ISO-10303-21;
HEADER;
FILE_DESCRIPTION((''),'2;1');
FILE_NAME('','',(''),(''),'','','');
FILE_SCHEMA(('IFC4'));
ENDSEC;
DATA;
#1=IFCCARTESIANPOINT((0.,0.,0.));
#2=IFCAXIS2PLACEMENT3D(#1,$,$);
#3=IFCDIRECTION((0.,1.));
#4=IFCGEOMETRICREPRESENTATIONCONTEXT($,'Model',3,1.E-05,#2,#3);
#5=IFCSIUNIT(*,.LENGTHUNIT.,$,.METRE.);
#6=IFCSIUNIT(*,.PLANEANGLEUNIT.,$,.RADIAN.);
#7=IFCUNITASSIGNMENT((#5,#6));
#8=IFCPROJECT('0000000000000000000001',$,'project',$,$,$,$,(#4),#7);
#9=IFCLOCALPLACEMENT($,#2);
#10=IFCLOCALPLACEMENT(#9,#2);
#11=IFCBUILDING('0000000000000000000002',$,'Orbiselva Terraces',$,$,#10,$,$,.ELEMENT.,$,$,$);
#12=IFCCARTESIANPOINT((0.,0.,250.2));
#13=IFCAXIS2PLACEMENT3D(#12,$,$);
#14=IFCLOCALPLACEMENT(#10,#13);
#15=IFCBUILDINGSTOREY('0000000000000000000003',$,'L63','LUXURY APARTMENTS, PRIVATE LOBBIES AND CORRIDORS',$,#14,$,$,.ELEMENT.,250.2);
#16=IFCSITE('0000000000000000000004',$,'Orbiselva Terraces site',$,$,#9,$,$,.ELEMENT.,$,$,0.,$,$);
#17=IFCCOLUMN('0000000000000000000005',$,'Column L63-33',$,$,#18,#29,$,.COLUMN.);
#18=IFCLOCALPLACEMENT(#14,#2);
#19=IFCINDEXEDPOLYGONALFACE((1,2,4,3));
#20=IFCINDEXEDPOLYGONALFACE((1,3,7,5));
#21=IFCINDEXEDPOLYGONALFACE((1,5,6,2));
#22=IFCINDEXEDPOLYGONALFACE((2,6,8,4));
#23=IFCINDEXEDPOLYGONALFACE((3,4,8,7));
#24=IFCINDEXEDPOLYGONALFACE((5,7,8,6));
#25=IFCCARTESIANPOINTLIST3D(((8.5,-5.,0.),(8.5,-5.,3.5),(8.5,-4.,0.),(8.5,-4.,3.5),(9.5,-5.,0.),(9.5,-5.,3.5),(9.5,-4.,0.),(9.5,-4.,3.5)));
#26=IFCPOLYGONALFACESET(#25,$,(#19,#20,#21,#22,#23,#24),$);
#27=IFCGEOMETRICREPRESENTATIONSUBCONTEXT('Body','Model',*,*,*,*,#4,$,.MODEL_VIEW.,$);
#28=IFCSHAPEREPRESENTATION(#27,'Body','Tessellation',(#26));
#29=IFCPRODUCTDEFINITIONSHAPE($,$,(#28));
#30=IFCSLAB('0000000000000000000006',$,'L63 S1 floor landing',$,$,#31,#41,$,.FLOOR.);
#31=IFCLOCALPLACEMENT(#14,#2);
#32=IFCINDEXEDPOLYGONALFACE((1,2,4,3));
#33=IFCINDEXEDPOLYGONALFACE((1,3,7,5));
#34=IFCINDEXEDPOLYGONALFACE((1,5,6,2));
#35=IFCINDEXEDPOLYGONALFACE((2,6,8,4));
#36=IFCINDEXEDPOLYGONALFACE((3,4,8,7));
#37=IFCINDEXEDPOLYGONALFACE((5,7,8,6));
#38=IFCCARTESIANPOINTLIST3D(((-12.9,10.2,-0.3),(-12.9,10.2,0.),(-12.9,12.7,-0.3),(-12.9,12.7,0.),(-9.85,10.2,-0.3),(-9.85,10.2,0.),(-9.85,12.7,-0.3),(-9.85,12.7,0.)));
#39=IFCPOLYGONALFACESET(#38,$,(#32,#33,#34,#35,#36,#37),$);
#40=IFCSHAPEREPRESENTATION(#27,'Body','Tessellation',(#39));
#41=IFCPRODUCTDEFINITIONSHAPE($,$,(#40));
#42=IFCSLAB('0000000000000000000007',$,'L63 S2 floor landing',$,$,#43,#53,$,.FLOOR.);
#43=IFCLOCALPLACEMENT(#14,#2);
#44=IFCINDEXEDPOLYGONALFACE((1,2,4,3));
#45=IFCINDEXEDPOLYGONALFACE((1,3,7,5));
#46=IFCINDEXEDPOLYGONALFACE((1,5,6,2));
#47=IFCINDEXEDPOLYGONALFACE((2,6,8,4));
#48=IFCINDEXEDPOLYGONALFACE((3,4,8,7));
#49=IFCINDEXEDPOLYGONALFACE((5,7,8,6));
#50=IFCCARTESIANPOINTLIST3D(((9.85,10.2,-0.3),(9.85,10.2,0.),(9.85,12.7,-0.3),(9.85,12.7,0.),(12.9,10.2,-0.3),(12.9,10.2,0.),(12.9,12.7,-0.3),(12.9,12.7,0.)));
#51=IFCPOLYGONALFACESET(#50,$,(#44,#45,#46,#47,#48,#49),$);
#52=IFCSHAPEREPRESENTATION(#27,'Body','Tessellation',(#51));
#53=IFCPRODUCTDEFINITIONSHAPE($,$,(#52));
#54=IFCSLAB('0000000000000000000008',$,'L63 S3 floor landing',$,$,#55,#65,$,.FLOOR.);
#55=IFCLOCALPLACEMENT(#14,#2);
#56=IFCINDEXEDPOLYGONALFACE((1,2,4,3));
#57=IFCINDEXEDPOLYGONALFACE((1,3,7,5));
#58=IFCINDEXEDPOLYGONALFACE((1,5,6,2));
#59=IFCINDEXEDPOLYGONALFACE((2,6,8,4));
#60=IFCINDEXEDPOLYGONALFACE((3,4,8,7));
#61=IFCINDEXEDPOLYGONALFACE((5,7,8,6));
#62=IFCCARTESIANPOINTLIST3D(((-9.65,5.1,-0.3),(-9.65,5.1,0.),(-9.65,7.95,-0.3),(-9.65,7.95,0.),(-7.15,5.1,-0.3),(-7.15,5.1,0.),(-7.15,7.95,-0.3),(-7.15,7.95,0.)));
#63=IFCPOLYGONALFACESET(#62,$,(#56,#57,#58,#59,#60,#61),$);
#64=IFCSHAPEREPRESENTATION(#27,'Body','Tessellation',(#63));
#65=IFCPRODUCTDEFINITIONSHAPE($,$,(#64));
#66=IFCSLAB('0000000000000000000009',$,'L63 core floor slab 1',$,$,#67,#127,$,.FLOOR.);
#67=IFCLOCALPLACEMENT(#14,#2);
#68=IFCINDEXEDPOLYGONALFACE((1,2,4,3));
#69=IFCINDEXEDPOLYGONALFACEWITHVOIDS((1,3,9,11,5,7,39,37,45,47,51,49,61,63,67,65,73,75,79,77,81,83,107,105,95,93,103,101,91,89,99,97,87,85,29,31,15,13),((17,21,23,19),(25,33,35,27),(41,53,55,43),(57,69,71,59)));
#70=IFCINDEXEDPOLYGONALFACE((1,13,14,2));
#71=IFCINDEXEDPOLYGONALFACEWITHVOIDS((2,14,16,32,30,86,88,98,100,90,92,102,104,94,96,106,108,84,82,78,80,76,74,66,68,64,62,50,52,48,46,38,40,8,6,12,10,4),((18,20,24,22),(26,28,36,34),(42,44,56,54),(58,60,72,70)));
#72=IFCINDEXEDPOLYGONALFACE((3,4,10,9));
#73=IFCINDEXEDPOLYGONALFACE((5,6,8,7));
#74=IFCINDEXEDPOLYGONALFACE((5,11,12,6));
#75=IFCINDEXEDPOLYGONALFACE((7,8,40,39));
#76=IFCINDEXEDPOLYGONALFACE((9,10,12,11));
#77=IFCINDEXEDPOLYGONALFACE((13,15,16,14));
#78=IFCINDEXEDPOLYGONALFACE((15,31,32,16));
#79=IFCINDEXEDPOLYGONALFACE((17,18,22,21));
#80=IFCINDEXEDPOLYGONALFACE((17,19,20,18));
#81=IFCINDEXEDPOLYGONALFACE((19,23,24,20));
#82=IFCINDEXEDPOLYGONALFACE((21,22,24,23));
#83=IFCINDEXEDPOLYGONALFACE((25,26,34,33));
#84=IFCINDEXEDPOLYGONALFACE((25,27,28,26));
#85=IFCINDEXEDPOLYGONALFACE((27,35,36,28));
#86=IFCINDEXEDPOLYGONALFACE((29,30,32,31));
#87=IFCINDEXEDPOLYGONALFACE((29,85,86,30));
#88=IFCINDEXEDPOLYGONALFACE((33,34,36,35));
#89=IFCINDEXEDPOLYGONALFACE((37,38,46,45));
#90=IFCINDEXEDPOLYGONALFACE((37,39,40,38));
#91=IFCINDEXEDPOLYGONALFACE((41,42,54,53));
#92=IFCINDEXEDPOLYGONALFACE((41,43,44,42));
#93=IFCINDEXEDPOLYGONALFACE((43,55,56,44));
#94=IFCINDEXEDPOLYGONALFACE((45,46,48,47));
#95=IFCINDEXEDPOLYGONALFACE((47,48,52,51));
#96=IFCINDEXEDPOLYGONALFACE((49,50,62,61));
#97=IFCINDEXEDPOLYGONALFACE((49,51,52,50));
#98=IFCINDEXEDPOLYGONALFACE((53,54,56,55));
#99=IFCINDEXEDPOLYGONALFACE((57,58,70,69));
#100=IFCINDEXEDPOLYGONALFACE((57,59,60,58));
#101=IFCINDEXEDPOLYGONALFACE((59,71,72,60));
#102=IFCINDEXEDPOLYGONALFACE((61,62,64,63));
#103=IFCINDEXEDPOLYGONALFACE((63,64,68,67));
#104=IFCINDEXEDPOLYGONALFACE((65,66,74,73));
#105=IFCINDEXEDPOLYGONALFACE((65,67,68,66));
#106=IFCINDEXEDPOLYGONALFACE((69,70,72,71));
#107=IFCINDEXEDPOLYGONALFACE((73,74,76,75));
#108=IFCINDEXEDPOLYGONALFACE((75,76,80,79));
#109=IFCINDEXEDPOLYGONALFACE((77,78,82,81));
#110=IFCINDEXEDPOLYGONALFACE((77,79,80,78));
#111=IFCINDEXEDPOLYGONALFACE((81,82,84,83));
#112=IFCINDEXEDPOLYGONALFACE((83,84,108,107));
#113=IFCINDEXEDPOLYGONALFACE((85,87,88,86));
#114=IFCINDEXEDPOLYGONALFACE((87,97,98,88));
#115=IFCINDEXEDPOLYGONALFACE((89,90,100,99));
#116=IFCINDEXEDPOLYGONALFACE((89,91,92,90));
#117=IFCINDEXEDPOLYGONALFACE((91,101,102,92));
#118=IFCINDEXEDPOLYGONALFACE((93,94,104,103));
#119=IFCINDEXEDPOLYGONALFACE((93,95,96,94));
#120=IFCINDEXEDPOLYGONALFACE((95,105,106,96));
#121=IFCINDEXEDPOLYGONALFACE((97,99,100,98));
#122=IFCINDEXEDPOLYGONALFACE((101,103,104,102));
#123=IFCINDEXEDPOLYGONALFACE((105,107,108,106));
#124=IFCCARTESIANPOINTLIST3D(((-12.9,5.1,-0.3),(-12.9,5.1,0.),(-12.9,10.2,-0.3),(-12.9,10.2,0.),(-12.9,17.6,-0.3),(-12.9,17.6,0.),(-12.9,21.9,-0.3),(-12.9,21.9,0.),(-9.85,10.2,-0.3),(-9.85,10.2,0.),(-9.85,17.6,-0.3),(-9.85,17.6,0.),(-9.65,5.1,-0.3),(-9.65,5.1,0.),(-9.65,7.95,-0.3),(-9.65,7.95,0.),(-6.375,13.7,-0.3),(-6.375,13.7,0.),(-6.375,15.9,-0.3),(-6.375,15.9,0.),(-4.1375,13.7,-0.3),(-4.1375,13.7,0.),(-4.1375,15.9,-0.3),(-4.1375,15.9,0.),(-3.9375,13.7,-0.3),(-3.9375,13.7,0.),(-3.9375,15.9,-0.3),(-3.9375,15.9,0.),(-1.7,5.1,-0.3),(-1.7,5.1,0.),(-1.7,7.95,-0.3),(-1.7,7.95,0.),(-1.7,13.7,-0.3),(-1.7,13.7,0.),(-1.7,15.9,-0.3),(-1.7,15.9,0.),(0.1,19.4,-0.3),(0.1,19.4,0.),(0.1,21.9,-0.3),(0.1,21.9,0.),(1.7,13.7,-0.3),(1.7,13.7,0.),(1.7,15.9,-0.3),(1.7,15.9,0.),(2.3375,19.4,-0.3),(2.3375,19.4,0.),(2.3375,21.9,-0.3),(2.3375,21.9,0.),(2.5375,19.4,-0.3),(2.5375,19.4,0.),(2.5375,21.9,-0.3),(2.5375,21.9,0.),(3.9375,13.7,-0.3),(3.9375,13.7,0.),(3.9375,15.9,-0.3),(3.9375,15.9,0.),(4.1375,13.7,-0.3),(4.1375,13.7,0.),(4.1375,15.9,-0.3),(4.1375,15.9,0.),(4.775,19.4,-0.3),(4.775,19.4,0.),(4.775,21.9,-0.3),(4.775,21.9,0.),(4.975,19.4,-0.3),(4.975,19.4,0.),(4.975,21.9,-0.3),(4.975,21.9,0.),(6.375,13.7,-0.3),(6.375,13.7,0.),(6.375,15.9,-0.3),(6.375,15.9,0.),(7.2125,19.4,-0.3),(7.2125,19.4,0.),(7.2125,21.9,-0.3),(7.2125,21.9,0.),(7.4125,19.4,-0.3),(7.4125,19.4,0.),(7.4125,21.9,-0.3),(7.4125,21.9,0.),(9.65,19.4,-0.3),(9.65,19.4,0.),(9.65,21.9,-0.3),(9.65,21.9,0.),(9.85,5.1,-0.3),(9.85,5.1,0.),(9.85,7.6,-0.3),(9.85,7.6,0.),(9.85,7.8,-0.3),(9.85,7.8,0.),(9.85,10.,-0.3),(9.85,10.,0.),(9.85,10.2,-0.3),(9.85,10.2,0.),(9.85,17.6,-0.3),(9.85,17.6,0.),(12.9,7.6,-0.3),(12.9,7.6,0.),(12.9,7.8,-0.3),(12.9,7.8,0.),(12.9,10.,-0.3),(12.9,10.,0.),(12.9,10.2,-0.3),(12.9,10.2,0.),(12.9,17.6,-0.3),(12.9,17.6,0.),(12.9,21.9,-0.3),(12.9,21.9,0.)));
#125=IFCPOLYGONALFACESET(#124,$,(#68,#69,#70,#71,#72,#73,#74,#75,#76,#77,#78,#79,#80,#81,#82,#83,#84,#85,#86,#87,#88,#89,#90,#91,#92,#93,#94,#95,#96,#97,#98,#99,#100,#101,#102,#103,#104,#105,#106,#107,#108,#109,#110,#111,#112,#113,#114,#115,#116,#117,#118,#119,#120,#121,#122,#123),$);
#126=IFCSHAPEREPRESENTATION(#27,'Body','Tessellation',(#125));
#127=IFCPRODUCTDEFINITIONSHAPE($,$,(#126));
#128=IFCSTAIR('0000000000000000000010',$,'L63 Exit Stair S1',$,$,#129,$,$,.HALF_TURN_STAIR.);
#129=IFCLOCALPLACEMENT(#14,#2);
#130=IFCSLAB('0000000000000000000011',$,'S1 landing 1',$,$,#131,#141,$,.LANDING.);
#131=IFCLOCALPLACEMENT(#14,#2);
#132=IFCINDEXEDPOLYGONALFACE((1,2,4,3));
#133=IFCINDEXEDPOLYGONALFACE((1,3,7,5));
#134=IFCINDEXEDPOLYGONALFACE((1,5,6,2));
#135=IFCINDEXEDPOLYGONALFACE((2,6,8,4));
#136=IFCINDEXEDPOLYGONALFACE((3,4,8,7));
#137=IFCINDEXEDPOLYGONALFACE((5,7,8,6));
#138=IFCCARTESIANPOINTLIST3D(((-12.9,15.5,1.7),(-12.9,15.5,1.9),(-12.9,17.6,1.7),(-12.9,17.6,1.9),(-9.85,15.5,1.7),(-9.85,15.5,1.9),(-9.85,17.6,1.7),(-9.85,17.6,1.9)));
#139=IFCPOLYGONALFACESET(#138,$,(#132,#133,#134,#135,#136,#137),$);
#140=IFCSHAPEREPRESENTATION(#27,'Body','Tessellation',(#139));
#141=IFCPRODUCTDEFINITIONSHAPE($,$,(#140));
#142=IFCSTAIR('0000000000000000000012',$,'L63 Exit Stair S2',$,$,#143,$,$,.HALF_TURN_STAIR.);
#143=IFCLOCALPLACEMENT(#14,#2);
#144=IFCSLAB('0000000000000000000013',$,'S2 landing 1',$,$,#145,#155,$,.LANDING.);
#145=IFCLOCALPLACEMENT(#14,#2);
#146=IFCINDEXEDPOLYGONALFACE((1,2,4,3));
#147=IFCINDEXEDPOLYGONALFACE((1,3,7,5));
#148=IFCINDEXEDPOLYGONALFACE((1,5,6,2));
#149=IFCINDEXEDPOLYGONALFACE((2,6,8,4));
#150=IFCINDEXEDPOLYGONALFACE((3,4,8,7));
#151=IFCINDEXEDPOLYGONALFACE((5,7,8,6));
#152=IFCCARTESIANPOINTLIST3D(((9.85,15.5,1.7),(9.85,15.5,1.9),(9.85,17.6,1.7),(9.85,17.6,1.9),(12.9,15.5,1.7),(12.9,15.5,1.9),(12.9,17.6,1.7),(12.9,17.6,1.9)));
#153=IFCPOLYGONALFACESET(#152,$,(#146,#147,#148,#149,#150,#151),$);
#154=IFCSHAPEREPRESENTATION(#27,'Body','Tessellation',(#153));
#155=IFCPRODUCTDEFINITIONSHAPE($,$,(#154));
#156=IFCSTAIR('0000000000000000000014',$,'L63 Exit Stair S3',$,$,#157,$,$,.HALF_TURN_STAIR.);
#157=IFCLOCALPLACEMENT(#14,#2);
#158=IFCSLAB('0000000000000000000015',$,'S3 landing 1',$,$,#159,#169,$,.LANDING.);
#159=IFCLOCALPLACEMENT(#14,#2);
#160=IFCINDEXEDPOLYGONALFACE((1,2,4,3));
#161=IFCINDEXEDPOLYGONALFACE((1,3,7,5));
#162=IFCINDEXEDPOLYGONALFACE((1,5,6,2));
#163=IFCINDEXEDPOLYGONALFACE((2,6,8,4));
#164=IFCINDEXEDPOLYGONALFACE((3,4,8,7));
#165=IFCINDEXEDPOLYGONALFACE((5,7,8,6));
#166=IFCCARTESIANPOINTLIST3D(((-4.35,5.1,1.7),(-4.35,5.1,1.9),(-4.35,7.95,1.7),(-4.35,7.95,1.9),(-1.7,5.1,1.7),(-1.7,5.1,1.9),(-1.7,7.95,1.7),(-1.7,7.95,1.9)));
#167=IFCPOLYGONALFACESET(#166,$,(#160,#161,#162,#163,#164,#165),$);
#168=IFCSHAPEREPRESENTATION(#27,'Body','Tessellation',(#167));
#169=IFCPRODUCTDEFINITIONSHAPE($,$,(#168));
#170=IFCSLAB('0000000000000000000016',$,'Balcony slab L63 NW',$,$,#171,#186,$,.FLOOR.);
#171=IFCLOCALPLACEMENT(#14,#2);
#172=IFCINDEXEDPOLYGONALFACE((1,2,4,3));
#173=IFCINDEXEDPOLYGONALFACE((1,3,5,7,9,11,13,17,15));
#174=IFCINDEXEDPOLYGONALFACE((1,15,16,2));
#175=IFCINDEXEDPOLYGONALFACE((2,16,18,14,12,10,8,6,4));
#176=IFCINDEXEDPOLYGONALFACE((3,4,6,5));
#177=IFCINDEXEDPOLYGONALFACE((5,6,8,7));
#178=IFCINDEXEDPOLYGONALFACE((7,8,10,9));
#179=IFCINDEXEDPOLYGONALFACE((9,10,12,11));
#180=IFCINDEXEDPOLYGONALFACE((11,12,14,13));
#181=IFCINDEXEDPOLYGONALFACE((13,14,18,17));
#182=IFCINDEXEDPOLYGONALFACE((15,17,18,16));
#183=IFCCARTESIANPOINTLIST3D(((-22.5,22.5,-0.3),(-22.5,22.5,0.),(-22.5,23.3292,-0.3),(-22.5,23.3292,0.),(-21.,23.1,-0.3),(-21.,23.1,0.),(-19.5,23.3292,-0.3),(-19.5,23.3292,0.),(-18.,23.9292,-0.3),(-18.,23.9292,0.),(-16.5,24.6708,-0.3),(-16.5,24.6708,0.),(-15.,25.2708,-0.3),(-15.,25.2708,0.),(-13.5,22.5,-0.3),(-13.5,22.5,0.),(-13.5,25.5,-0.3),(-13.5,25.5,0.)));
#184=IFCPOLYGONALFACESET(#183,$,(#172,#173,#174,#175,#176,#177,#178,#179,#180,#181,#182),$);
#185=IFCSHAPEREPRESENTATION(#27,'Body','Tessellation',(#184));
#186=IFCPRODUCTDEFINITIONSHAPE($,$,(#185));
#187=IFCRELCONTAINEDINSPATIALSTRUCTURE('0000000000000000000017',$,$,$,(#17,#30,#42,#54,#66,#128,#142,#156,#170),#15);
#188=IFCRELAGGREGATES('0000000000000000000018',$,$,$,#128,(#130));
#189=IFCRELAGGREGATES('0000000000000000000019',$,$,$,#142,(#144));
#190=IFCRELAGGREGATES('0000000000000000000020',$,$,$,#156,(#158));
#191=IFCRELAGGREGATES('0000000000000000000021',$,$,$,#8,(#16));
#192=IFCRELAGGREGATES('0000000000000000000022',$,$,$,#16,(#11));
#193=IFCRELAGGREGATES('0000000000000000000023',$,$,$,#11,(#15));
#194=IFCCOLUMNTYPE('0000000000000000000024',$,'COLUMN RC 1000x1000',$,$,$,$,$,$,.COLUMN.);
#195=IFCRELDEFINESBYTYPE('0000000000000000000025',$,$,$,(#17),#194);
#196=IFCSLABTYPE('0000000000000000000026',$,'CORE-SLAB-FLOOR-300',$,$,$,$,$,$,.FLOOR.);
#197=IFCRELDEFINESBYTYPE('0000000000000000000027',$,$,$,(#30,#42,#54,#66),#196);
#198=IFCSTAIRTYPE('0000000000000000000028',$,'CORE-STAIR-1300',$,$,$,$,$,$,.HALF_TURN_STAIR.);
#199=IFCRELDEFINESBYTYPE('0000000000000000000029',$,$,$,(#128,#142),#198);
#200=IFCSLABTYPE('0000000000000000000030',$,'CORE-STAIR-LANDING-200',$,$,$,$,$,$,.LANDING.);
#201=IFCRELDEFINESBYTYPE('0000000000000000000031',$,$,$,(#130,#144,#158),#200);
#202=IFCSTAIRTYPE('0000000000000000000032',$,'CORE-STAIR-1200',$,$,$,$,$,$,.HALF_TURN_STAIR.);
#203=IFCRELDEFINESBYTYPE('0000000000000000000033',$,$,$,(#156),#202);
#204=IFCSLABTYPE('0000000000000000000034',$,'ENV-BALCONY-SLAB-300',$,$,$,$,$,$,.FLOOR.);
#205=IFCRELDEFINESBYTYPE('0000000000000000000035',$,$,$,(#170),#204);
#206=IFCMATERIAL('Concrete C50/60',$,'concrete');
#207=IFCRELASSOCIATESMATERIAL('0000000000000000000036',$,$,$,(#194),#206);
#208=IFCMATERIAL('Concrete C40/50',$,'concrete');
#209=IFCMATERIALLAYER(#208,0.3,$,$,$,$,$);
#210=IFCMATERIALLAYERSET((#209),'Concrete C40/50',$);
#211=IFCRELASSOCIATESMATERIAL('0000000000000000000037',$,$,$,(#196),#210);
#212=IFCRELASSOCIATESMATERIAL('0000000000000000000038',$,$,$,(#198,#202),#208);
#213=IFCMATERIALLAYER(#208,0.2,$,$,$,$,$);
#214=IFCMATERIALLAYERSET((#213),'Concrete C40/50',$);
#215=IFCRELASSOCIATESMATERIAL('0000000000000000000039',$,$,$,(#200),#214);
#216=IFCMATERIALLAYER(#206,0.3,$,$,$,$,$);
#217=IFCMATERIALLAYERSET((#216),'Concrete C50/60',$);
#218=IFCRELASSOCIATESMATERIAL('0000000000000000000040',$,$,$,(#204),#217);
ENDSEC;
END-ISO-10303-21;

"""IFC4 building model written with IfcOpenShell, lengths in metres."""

from ifc_helpers import new_model, si_unit, direction, frame, origin, origin_2d, place, context, subcontext, project, spatial, polyline, rectangle, outline, extrude, material, layer, layer_set, material_profile, profile_set, type_object, element, aggregate, save


model = new_model("IFC4")

# Units and contexts
model_context = context("Model", 3, precision=1e-05, world=origin(), true_north=direction((0.0, 1.0)))
body_context = subcontext(model_context, "Body", "Model", "MODEL_VIEW")
ifc_project = project(units=[si_unit("LENGTHUNIT", "METRE"), si_unit("PLANEANGLEUNIT", "RADIAN")], contexts=[model_context])

# Site, building, storey
site_placement = place(None, origin())
site = spatial("IfcSite", under=ifc_project, at=site_placement, Name="Orbiselva Terraces site", CompositionType="ELEMENT", RefElevation=0.0)
building_placement = place(site_placement, origin())
building = spatial("IfcBuilding", under=site, at=building_placement, Name="Orbiselva Terraces", CompositionType="ELEMENT")
storey_placement = place(building_placement, frame((0.0, 0.0, 250.2)))
storey = spatial("IfcBuildingStorey", under=building, at=storey_placement, Name="L63", Description="LUXURY APARTMENTS, PRIVATE LOBBIES AND CORRIDORS", CompositionType="ELEMENT", Elevation=250.2)

# Column
ifc_material_1 = material(Name="Concrete C50/60", Category="concrete")
ifc_material_profile = material_profile(ifc_material_1, rectangle(XDim=1.0, YDim=1.0, at=origin_2d()), Name="RC 1000x1000")
ifc_profile_set = profile_set([ifc_material_profile], Name="Concrete C50/60")
column_type = type_object("IfcColumnType", Name="COLUMN RC 1000x1000", PredefinedType="COLUMN", material=ifc_profile_set)
column_placement = place(storey_placement, frame((9.0, -4.5, 0.0), z_axis=(0.0, 0.0, 1.0), x_axis=(1.0, 0.0, 0.0)))
element("IfcColumn", 1, at=column_placement, inside=storey, type_object=column_type, Name="Column L63-33", PredefinedType="COLUMN", context=body_context, shape_type="SweptSolid", body=[
    extrude(rectangle(XDim=1.0, YDim=1.0, at=origin_2d()), origin(), (0.0, 0.0, 1.0), 3.5),
])

# Slabs
ifc_material_2 = material(Name="Concrete C40/50", Category="concrete")
ifc_layer_1 = layer(ifc_material_2, 0.3)
ifc_layer_set_1 = layer_set([ifc_layer_1], Name="Concrete C40/50")
slab_type_1 = type_object("IfcSlabType", Name="CORE-SLAB-FLOOR-300", PredefinedType="FLOOR", material=ifc_layer_set_1)
slab_1_placement = place(storey_placement, frame((0.0, 0.0, -0.3)))
element("IfcSlab", 2, at=slab_1_placement, inside=storey, type_object=slab_type_1, Name="L63 S1 floor landing", PredefinedType="FLOOR", context=body_context, shape_type="SweptSolid", body=[
    extrude(outline(polyline([(-12.9, 12.7), (-9.85, 12.7), (-9.85, 10.2), (-12.9, 10.2), (-12.9, 12.7)])), origin(), (0.0, 0.0, 1.0), 0.3),
])
slab_2_placement = place(storey_placement, frame((0.0, 0.0, -0.3)))
element("IfcSlab", 3, at=slab_2_placement, inside=storey, type_object=slab_type_1, Name="L63 S2 floor landing", PredefinedType="FLOOR", context=body_context, shape_type="SweptSolid", body=[
    extrude(outline(polyline([(12.9, 12.7), (12.9, 10.2), (9.85, 10.2), (9.85, 12.7), (12.9, 12.7)])), origin(), (0.0, 0.0, 1.0), 0.3),
])
slab_3_placement = place(storey_placement, frame((0.0, 0.0, -0.3)))
element("IfcSlab", 4, at=slab_3_placement, inside=storey, type_object=slab_type_1, Name="L63 S3 floor landing", PredefinedType="FLOOR", context=body_context, shape_type="SweptSolid", body=[
    extrude(outline(polyline([(-7.15, 5.1), (-9.65, 5.1), (-9.65, 7.95), (-7.15, 7.95), (-7.15, 5.1)])), origin(), (0.0, 0.0, 1.0), 0.3),
])
slab_4_placement = place(storey_placement, frame((0.0, 0.0, -0.3)))
element("IfcSlab", 5, at=slab_4_placement, inside=storey, type_object=slab_type_1, Name="L63 core floor slab 1", PredefinedType="FLOOR", context=body_context, shape_type="SweptSolid", body=[
    extrude(outline(polyline([(-1.7, 5.1), (-1.7, 7.95), (-9.65, 7.95), (-9.65, 5.1), (-12.9, 5.1), (-12.9, 10.2), (-9.85, 10.2), (-9.85, 17.6), (-12.9, 17.6), (-12.9, 21.9), (0.1, 21.9), (0.1, 19.4), (2.3375, 19.4), (2.3375, 21.9), (2.5375, 21.9), (2.5375, 19.4), (4.775, 19.4), (4.775, 21.9), (4.975, 21.9), (4.975, 19.4), (7.2125, 19.4), (7.2125, 21.9), (7.4125, 21.9), (7.4125, 19.4), (9.65, 19.4), (9.65, 21.9), (12.9, 21.9), (12.9, 17.6), (9.85, 17.6), (9.85, 10.2), (12.9, 10.2), (12.9, 10.0), (9.85, 10.0), (9.85, 7.8), (12.9, 7.8), (12.9, 7.6), (9.85, 7.6), (9.85, 5.1), (-1.7, 5.1)]), holes=[polyline([(-4.1375, 13.7), (-4.1375, 15.9), (-6.375, 15.9), (-6.375, 13.7), (-4.1375, 13.7)]), polyline([(-1.7, 13.7), (-1.7, 15.9), (-3.9375, 15.9), (-3.9375, 13.7), (-1.7, 13.7)]), polyline([(3.9375, 15.9), (1.7, 15.9), (1.7, 13.7), (3.9375, 13.7), (3.9375, 15.9)]), polyline([(6.375, 13.7), (6.375, 15.9), (4.1375, 15.9), (4.1375, 13.7), (6.375, 13.7)])]), origin(), (0.0, 0.0, 1.0), 0.3),
])

# Stairs, slabs
stair_type_1 = type_object("IfcStairType", Name="CORE-STAIR-1300", PredefinedType="HALF_TURN_STAIR", material=ifc_material_2)
stair_1_placement = place(storey_placement, origin())
stair_1 = element("IfcStair", 6, at=stair_1_placement, inside=storey, type_object=stair_type_1, Name="L63 Exit Stair S1", PredefinedType="HALF_TURN_STAIR")
ifc_layer_2 = layer(ifc_material_2, 0.2)
ifc_layer_set_2 = layer_set([ifc_layer_2], Name="Concrete C40/50")
slab_type_2 = type_object("IfcSlabType", Name="CORE-STAIR-LANDING-200", PredefinedType="LANDING", material=ifc_layer_set_2)
slab_5_placement = place(storey_placement, frame((0.0, 0.0, 1.7)))
slab_5 = element("IfcSlab", 7, at=slab_5_placement, type_object=slab_type_2, Name="S1 landing 1", PredefinedType="LANDING", context=body_context, shape_type="SweptSolid", body=[
    extrude(outline(polyline([(-9.85, 15.5), (-9.85, 17.6), (-12.9, 17.6), (-12.9, 15.5), (-9.85, 15.5)])), origin(), (0.0, 0.0, 1.0), 0.2),
])
aggregate(stair_1, [slab_5])
stair_2_placement = place(storey_placement, origin())
stair_2 = element("IfcStair", 8, at=stair_2_placement, inside=storey, type_object=stair_type_1, Name="L63 Exit Stair S2", PredefinedType="HALF_TURN_STAIR")
slab_6_placement = place(storey_placement, frame((0.0, 0.0, 1.7)))
slab_6 = element("IfcSlab", 9, at=slab_6_placement, type_object=slab_type_2, Name="S2 landing 1", PredefinedType="LANDING", context=body_context, shape_type="SweptSolid", body=[
    extrude(outline(polyline([(12.9, 15.5), (12.9, 17.6), (9.85, 17.6), (9.85, 15.5), (12.9, 15.5)])), origin(), (0.0, 0.0, 1.0), 0.2),
])
aggregate(stair_2, [slab_6])
stair_type_2 = type_object("IfcStairType", Name="CORE-STAIR-1200", PredefinedType="HALF_TURN_STAIR", material=ifc_material_2)
stair_3_placement = place(storey_placement, origin())
stair_3 = element("IfcStair", 10, at=stair_3_placement, inside=storey, type_object=stair_type_2, Name="L63 Exit Stair S3", PredefinedType="HALF_TURN_STAIR")
slab_7_placement = place(storey_placement, frame((0.0, 0.0, 1.7)))
slab_7 = element("IfcSlab", 11, at=slab_7_placement, type_object=slab_type_2, Name="S3 landing 1", PredefinedType="LANDING", context=body_context, shape_type="SweptSolid", body=[
    extrude(outline(polyline([(-4.35, 5.1), (-1.7, 5.1), (-1.7, 7.95), (-4.35, 7.95), (-4.35, 5.1)])), origin(), (0.0, 0.0, 1.0), 0.2),
])
aggregate(stair_3, [slab_7])

# Slab
ifc_layer_3 = layer(ifc_material_1, 0.3)
ifc_layer_set_3 = layer_set([ifc_layer_3], Name="Concrete C50/60")
slab_type_3 = type_object("IfcSlabType", Name="ENV-BALCONY-SLAB-300", PredefinedType="FLOOR", material=ifc_layer_set_3)
slab_8_placement = place(storey_placement, frame((0.0, 0.0, -0.3)))
element("IfcSlab", 12, at=slab_8_placement, inside=storey, type_object=slab_type_3, Name="Balcony slab L63 NW", PredefinedType="FLOOR", context=body_context, shape_type="SweptSolid", body=[
    extrude(outline(polyline([(-13.5, 25.5), (-15.0, 25.2708), (-16.5, 24.6708), (-18.0, 23.9292), (-19.5, 23.3292), (-21.0, 23.1), (-22.5, 23.3292), (-22.5, 22.5), (-13.5, 22.5), (-13.5, 25.5)])), origin(), (0.0, 0.0, 1.0), 0.3),
])

save(model, "model.ifc")
